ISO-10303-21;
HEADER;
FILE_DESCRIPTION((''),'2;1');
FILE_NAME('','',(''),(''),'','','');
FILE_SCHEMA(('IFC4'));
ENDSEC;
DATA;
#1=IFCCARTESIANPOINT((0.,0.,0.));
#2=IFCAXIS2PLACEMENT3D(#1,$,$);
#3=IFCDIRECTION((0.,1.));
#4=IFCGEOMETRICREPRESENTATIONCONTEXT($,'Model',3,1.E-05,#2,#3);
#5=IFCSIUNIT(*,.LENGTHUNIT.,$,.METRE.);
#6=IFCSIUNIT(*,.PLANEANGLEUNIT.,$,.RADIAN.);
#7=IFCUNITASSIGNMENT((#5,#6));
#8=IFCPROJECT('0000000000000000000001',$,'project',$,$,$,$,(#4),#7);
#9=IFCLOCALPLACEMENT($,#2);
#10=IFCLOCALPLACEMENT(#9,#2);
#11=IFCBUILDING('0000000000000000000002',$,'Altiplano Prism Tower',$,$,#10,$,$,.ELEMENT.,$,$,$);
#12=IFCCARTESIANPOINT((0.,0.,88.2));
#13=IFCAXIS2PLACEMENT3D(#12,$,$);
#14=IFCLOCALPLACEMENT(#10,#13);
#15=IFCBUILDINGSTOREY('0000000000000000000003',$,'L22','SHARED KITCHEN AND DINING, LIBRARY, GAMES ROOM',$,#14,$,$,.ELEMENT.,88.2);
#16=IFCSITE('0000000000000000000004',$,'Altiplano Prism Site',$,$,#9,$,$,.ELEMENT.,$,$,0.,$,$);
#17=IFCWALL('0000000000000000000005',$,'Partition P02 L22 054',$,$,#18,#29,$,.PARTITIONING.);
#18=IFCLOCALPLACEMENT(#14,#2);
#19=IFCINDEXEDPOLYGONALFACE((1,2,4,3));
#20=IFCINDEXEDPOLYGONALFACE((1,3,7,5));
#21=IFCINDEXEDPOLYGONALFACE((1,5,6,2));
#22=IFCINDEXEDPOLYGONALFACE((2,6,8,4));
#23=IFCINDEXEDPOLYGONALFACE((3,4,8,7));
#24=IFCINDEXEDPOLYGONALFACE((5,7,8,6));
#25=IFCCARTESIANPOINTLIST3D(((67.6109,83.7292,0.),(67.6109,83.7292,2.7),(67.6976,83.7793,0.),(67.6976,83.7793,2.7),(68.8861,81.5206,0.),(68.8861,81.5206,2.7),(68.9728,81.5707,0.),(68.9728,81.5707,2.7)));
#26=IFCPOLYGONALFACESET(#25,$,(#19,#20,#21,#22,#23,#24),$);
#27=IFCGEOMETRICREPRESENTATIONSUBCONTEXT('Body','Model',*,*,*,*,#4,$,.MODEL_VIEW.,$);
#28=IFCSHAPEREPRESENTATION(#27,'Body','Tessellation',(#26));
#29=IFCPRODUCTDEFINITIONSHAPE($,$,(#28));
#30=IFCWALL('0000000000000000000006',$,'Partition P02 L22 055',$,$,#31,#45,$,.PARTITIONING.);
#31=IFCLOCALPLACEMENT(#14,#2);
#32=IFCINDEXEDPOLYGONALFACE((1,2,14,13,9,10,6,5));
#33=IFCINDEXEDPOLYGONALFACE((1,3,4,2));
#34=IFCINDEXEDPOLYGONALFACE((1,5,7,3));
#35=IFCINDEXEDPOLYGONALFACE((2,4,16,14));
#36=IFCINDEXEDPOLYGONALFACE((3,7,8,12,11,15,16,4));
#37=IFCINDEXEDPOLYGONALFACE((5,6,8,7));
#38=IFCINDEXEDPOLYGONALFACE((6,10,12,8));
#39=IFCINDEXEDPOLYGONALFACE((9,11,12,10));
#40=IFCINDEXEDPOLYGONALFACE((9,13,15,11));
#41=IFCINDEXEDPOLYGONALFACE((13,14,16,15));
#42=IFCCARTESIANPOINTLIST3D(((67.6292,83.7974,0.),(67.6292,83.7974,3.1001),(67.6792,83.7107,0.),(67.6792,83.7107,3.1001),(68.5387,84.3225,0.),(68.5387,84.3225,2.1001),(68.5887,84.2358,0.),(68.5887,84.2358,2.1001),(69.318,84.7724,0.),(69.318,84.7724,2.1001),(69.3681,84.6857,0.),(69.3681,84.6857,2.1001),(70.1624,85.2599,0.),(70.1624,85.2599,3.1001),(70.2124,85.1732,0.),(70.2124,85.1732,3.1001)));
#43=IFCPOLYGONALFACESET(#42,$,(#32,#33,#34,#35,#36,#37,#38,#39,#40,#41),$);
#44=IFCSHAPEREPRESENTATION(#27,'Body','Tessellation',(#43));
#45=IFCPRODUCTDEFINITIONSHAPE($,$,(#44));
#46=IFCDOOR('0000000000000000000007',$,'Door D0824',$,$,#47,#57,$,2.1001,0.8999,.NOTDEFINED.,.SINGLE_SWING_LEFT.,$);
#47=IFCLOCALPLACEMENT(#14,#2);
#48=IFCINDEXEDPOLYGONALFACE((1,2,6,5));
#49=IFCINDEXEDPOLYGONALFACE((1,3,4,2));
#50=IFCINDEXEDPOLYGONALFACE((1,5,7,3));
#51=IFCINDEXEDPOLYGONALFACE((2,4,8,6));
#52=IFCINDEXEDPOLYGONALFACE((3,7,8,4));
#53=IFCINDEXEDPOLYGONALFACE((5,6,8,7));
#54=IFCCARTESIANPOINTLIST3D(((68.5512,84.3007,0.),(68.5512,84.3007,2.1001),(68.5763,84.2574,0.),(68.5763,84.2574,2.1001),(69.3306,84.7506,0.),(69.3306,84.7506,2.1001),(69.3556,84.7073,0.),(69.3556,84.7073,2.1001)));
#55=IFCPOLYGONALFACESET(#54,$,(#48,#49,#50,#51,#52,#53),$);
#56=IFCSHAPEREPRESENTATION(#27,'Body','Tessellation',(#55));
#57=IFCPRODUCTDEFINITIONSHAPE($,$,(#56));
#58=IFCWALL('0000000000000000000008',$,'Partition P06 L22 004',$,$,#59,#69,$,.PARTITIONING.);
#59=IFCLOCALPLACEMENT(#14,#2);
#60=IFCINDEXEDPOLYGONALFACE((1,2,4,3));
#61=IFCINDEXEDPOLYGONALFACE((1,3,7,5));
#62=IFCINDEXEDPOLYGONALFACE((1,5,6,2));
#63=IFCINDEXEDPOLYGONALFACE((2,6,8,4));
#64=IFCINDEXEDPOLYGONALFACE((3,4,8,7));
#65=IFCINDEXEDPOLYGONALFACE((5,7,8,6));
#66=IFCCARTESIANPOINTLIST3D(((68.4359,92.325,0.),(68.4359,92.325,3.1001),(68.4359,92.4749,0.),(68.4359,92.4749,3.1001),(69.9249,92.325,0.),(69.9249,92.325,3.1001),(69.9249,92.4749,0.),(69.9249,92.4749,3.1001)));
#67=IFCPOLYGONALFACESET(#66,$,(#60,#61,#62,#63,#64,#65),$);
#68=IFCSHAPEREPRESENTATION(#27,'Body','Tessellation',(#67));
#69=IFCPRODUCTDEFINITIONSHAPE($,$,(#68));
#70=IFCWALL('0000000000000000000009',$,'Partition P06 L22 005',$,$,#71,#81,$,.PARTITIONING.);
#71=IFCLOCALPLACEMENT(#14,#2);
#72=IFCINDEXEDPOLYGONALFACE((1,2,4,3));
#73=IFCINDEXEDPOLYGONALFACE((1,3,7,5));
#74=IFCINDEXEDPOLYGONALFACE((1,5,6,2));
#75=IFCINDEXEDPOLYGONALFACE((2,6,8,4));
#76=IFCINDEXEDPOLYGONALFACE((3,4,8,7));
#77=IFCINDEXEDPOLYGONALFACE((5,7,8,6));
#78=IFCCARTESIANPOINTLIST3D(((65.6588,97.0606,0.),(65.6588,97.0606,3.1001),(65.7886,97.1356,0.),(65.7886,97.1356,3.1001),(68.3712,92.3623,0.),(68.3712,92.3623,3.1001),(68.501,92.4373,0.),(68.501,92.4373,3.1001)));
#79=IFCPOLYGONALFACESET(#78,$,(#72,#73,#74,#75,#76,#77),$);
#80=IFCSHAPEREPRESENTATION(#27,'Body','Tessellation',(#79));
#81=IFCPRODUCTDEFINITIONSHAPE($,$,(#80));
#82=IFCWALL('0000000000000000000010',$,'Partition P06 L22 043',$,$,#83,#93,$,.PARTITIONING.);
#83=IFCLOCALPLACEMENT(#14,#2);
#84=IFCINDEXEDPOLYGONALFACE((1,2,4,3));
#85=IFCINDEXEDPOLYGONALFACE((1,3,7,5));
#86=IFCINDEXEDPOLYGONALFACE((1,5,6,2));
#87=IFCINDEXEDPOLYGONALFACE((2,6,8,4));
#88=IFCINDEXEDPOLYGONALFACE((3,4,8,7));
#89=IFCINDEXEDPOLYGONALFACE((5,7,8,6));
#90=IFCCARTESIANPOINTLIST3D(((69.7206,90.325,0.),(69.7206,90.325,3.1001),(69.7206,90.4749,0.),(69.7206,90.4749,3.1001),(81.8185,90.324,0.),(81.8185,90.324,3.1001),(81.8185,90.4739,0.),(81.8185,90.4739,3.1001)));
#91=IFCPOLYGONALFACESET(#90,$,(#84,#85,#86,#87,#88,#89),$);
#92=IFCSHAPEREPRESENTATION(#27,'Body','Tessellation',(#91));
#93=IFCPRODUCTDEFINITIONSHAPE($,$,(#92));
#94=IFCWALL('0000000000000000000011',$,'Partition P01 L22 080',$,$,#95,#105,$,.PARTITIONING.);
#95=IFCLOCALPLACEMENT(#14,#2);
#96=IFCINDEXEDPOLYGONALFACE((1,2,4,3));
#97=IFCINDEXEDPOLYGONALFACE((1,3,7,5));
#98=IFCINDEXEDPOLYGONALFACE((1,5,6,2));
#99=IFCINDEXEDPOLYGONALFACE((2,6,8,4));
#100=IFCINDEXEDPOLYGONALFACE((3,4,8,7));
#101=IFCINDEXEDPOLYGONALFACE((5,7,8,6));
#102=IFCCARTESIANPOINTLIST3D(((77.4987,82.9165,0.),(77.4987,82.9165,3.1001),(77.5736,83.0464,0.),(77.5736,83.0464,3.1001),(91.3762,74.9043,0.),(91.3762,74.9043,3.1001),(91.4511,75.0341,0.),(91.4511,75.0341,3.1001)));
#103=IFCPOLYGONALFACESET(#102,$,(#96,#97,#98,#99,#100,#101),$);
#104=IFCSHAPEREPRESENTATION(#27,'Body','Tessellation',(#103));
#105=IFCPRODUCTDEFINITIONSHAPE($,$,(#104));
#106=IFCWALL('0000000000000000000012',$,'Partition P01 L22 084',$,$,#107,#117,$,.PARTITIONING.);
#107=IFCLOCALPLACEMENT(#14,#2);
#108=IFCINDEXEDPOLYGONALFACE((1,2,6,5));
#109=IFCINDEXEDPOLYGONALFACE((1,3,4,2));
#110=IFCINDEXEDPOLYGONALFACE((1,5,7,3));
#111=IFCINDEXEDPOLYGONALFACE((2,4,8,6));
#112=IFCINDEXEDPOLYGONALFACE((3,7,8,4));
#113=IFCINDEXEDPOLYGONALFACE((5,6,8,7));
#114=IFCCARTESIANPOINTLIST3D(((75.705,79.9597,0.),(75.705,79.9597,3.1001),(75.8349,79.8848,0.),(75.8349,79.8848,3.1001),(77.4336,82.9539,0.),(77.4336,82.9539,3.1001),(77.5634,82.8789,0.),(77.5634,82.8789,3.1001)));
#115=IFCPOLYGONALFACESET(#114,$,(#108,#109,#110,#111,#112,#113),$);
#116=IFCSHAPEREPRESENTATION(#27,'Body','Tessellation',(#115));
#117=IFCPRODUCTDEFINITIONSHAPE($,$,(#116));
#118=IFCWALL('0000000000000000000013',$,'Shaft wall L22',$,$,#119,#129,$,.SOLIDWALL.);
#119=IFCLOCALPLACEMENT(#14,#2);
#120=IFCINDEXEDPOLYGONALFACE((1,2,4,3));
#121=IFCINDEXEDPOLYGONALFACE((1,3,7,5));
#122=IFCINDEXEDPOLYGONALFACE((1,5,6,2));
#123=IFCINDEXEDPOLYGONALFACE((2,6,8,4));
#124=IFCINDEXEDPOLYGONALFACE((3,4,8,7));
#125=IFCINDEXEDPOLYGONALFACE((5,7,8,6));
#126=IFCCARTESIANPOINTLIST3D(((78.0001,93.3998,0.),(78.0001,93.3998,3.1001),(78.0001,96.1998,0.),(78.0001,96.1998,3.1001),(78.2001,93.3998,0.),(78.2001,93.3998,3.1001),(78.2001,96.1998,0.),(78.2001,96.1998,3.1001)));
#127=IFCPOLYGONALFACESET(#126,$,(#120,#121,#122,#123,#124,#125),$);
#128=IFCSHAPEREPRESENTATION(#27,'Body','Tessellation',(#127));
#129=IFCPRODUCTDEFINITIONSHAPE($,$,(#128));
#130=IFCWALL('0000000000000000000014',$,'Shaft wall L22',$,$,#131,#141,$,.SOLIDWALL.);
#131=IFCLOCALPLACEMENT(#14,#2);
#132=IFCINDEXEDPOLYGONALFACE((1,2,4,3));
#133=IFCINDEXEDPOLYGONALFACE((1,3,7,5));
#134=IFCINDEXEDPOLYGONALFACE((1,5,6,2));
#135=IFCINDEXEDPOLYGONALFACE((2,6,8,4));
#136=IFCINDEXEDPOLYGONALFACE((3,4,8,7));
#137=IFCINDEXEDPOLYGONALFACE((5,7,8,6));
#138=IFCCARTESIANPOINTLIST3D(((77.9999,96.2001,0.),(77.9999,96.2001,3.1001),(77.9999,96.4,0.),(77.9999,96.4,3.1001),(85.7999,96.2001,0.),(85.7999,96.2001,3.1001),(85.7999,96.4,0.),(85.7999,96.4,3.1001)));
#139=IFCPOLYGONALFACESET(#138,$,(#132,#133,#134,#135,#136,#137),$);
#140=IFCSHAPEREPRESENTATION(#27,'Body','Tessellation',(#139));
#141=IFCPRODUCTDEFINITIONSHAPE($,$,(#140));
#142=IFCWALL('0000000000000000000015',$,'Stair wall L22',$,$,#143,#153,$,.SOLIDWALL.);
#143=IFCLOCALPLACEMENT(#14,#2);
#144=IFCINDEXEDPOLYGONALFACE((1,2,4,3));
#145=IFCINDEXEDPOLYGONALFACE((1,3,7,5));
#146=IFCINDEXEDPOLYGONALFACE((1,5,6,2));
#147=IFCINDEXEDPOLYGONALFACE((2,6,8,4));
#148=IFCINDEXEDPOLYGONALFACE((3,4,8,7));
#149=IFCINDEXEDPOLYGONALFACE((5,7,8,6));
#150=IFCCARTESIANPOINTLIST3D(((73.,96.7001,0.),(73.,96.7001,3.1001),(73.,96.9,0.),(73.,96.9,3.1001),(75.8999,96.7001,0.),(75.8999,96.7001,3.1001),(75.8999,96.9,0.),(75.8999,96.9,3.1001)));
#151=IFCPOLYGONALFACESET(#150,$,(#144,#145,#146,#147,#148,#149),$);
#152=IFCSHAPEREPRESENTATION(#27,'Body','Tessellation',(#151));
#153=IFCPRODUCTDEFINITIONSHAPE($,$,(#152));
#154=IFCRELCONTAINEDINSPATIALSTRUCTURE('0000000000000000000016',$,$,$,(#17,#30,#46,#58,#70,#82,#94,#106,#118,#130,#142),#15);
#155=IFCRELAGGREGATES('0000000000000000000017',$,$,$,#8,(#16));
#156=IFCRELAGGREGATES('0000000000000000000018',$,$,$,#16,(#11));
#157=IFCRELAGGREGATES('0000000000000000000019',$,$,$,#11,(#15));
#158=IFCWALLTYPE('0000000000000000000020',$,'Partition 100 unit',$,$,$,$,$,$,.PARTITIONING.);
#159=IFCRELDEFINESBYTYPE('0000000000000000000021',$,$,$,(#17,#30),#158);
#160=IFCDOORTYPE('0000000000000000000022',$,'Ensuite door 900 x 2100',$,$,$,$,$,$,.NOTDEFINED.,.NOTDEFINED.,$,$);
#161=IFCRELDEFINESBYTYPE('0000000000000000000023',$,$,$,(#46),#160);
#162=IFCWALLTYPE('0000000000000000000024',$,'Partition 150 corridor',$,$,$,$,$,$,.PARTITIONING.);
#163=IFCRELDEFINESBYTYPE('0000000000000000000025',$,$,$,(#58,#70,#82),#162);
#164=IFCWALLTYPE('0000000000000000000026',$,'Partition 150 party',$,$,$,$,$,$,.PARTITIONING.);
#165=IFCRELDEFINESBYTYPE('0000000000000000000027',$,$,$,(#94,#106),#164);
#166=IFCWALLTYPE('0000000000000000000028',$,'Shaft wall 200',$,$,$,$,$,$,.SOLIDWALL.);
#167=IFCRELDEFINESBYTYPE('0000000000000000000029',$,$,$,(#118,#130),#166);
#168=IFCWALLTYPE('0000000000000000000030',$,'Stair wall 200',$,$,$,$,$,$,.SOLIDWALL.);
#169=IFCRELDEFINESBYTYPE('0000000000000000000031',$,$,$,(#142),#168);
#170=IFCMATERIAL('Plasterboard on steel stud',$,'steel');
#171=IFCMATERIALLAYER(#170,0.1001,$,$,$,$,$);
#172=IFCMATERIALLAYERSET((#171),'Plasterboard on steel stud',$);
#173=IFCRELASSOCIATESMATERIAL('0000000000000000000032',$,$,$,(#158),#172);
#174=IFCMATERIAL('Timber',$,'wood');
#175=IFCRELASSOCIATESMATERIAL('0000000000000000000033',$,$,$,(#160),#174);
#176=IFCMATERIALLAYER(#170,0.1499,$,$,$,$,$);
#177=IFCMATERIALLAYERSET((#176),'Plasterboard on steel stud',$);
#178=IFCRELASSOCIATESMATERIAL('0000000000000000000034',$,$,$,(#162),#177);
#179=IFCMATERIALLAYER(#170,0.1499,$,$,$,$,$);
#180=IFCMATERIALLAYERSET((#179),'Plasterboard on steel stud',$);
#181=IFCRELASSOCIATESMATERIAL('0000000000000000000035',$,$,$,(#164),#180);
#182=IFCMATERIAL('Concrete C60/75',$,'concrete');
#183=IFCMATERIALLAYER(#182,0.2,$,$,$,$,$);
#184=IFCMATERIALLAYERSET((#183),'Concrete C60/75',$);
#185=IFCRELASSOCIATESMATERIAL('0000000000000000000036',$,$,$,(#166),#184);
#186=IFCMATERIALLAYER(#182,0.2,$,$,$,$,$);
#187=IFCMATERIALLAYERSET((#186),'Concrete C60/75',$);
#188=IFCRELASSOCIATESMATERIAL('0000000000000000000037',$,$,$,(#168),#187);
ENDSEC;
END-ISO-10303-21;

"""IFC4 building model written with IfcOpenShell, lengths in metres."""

from ifc_helpers import new_model, si_unit, direction, frame, frame_2d, origin, place, context, subcontext, project, spatial, rectangle, extrude, material, layer, layer_set, type_object, element, fill, save


model = new_model("IFC4")

# Units and contexts
model_context = context("Model", 3, precision=1e-05, world=origin(), true_north=direction((0.0, 1.0)))
body_context = subcontext(model_context, "Body", "Model", "MODEL_VIEW")
ifc_project = project(units=[si_unit("LENGTHUNIT", "METRE"), si_unit("PLANEANGLEUNIT", "RADIAN")], contexts=[model_context])

# Site, building, storey
site_placement = place(None, origin())
site = spatial("IfcSite", under=ifc_project, at=site_placement, Name="Altiplano Prism Site", CompositionType="ELEMENT", RefElevation=0.0)
building_placement = place(site_placement, origin())
building = spatial("IfcBuilding", under=site, at=building_placement, Name="Altiplano Prism Tower", CompositionType="ELEMENT")
storey_placement = place(building_placement, frame((0.0, 0.0, 88.2)))
storey = spatial("IfcBuildingStorey", under=building, at=storey_placement, Name="L22", Description="SHARED KITCHEN AND DINING, LIBRARY, GAMES ROOM", CompositionType="ELEMENT", Elevation=88.2)

# Shared definitions
ifc_material_1 = material(Name="Concrete C60/75", Category="concrete")

# Shared definitions
ifc_material_2 = material(Name="Plasterboard on steel stud", Category="steel")
ifc_layer_1 = layer(ifc_material_2, 0.1001)
ifc_layer_set_1 = layer_set([ifc_layer_1], Name="Plasterboard on steel stud")
wall_type_1 = type_object("IfcWallType", Name="Partition 100 unit", PredefinedType="PARTITIONING", material=ifc_layer_set_1)
ifc_material_3 = material(Name="Timber", Category="wood")

# Wall
wall_1_placement = place(storey_placement, frame((68.9294, 81.5457, 0.0), z_axis=(0.0, 0.0, 1.0), x_axis=(-0.500021, 0.866013, 0.0)))
element("IfcWall", 1, at=wall_1_placement, inside=storey, type_object=wall_type_1, Name="Partition P02 L22 054", PredefinedType="PARTITIONING", context=body_context, shape_type="SweptSolid", body=[
    extrude(rectangle(XDim=2.5503, YDim=0.1001, at=frame_2d((1.2751, 0.0))), origin(), (0.0, 0.0, 1.0), 2.7),
])

# Wall, opening, door
wall_2_placement = place(storey_placement, frame((67.6543, 83.7542, 0.0), z_axis=(0.0, 0.0, 1.0), x_axis=(0.866047, 0.499963, 0.0)))
wall_2 = element("IfcWall", 2, at=wall_2_placement, inside=storey, type_object=wall_type_1, Name="Partition P02 L22 055", PredefinedType="PARTITIONING", context=body_context, shape_type="SweptSolid", body=[
    extrude(rectangle(XDim=2.925, YDim=0.1001, at=frame_2d((1.4624, 0.0))), origin(), (0.0, 0.0, 1.0), 3.1001),
])
opening_1_placement = place(wall_2_placement, frame((1.05, 0.0, 0.0)))
opening_1 = element("IfcOpeningElement", 3, at=opening_1_placement, cuts=wall_2, PredefinedType="OPENING", context=body_context, shape_type="SweptSolid", body=[
    extrude(rectangle(XDim=0.8999, YDim=2.1001, at=frame_2d((0.45, 1.05))), frame((0.0, 0.0605, 0.0), z_axis=(0.0, -1.0, 0.0), x_axis=(1.0, 0.0, 0.0)), (0.0, 0.0, 1.0), 0.1211),
])
door_type_1 = type_object("IfcDoorType", Name="Ensuite door 900 x 2100", OperationType="NOTDEFINED", PredefinedType="NOTDEFINED", material=ifc_material_3)
door_1_placement = place(opening_1_placement, origin())
door_1 = element("IfcDoor", 4, at=door_1_placement, inside=storey, type_object=door_type_1, Name="Door D0824", OperationType="SINGLE_SWING_LEFT", OverallHeight=2.1001, OverallWidth=0.8999, PredefinedType="NOTDEFINED", context=body_context, shape_type="SweptSolid", body=[
    extrude(rectangle(XDim=0.8999, YDim=2.1001, at=frame_2d((0.45, 1.05))), frame((0.0, 0.0249, 0.0), z_axis=(0.0, -1.0, 0.0), x_axis=(1.0, 0.0, 0.0)), (0.0, 0.0, 1.0), 0.05),
])
fill(opening_1, door_1)

# Walls
ifc_layer_2 = layer(ifc_material_2, 0.1499)
ifc_layer_set_2 = layer_set([ifc_layer_2], Name="Plasterboard on steel stud")
wall_type_2 = type_object("IfcWallType", Name="Partition 150 corridor", PredefinedType="PARTITIONING", material=ifc_layer_set_2)
wall_3_placement = place(storey_placement, frame((69.925, 92.3999, 0.0), z_axis=(0.0, 0.0, 1.0), x_axis=(-1.0, 0.0, 0.0)))
element("IfcWall", 5, at=wall_3_placement, inside=storey, type_object=wall_type_2, Name="Partition P06 L22 004", PredefinedType="PARTITIONING", context=body_context, shape_type="SweptSolid", body=[
    extrude(rectangle(XDim=1.489, YDim=0.1499, at=frame_2d((0.7446, 0.0))), origin(), (0.0, 0.0, 1.0), 3.1001),
])
wall_4_placement = place(storey_placement, frame((68.436, 92.3999, 0.0), z_axis=(0.0, 0.0, 1.0), x_axis=(-0.499982, 0.866036, 0.0)))
element("IfcWall", 6, at=wall_4_placement, inside=storey, type_object=wall_type_2, Name="Partition P06 L22 005", PredefinedType="PARTITIONING", context=body_context, shape_type="SweptSolid", body=[
    extrude(rectangle(XDim=5.425, YDim=0.1499, at=frame_2d((2.7124, 0.0))), origin(), (0.0, 0.0, 1.0), 3.1001),
])
wall_5_placement = place(storey_placement, frame((69.7207, 90.3999, 0.0), z_axis=(0.0, 0.0, 1.0), x_axis=(1.0, -0.000081, 0.0)))
element("IfcWall", 7, at=wall_5_placement, inside=storey, type_object=wall_type_2, Name="Partition P06 L22 043", PredefinedType="PARTITIONING", context=body_context, shape_type="SweptSolid", body=[
    extrude(rectangle(XDim=12.0979, YDim=0.1499, at=frame_2d((6.0488, 0.0))), origin(), (0.0, 0.0, 1.0), 3.1001),
])
ifc_layer_3 = layer(ifc_material_2, 0.1499)
ifc_layer_set_3 = layer_set([ifc_layer_3], Name="Plasterboard on steel stud")
wall_type_3 = type_object("IfcWallType", Name="Partition 150 party", PredefinedType="PARTITIONING", material=ifc_layer_set_3)
wall_6_placement = place(storey_placement, frame((77.5361, 82.9814, 0.0), z_axis=(0.0, 0.0, 1.0), x_axis=(0.866024, -0.500003, 0.0)))
element("IfcWall", 8, at=wall_6_placement, inside=storey, type_object=wall_type_3, Name="Partition P01 L22 080", PredefinedType="PARTITIONING", context=body_context, shape_type="SweptSolid", body=[
    extrude(rectangle(XDim=16.0244, YDim=0.1499, at=frame_2d((8.0122, 0.0))), origin(), (0.0, 0.0, 1.0), 3.1001),
])
wall_7_placement = place(storey_placement, frame((75.77, 79.9224, 0.0), z_axis=(0.0, 0.0, 1.0), x_axis=(0.499967, 0.866044, 0.0)))
element("IfcWall", 9, at=wall_7_placement, inside=storey, type_object=wall_type_3, Name="Partition P01 L22 084", PredefinedType="PARTITIONING", context=body_context, shape_type="SweptSolid", body=[
    extrude(rectangle(XDim=3.4573, YDim=0.1499, at=frame_2d((1.7285, 0.0))), origin(), (0.0, 0.0, 1.0), 3.1001),
])
ifc_layer_4 = layer(ifc_material_1, 0.2)
ifc_layer_set_4 = layer_set([ifc_layer_4], Name="Concrete C60/75")
wall_type_4 = type_object("IfcWallType", Name="Shaft wall 200", PredefinedType="SOLIDWALL", material=ifc_layer_set_4)
wall_8_placement = place(storey_placement, frame((78.1001, 93.3999, 0.0), z_axis=(0.0, 0.0, 1.0), x_axis=(0.0, 1.0, 0.0)))
element("IfcWall", 10, at=wall_8_placement, inside=storey, type_object=wall_type_4, Name="Shaft wall L22", PredefinedType="SOLIDWALL", context=body_context, shape_type="SweptSolid", body=[
    extrude(rectangle(XDim=2.8, YDim=0.2, at=frame_2d((1.3999, 0.0))), origin(), (0.0, 0.0, 1.0), 3.1001),
])
wall_9_placement = place(storey_placement, frame((78.0, 96.3, 0.0), z_axis=(0.0, 0.0, 1.0), x_axis=(1.0, 0.0, 0.0)))
element("IfcWall", 11, at=wall_9_placement, inside=storey, type_object=wall_type_4, Name="Shaft wall L22", PredefinedType="SOLIDWALL", context=body_context, shape_type="SweptSolid", body=[
    extrude(rectangle(XDim=7.8, YDim=0.2, at=frame_2d((3.8999, 0.0))), origin(), (0.0, 0.0, 1.0), 3.1001),
])
ifc_layer_5 = layer(ifc_material_1, 0.2)
ifc_layer_set_5 = layer_set([ifc_layer_5], Name="Concrete C60/75")
wall_type_5 = type_object("IfcWallType", Name="Stair wall 200", PredefinedType="SOLIDWALL", material=ifc_layer_set_5)
wall_10_placement = place(storey_placement, frame((73.0, 96.8, 0.0), z_axis=(0.0, 0.0, 1.0), x_axis=(1.0, 0.0, 0.0)))
element("IfcWall", 12, at=wall_10_placement, inside=storey, type_object=wall_type_5, Name="Stair wall L22", PredefinedType="SOLIDWALL", context=body_context, shape_type="SweptSolid", body=[
    extrude(rectangle(XDim=2.8999, YDim=0.2, at=frame_2d((1.45, 0.0))), origin(), (0.0, 0.0, 1.0), 3.1001),
])

save(model, "model.ifc")
